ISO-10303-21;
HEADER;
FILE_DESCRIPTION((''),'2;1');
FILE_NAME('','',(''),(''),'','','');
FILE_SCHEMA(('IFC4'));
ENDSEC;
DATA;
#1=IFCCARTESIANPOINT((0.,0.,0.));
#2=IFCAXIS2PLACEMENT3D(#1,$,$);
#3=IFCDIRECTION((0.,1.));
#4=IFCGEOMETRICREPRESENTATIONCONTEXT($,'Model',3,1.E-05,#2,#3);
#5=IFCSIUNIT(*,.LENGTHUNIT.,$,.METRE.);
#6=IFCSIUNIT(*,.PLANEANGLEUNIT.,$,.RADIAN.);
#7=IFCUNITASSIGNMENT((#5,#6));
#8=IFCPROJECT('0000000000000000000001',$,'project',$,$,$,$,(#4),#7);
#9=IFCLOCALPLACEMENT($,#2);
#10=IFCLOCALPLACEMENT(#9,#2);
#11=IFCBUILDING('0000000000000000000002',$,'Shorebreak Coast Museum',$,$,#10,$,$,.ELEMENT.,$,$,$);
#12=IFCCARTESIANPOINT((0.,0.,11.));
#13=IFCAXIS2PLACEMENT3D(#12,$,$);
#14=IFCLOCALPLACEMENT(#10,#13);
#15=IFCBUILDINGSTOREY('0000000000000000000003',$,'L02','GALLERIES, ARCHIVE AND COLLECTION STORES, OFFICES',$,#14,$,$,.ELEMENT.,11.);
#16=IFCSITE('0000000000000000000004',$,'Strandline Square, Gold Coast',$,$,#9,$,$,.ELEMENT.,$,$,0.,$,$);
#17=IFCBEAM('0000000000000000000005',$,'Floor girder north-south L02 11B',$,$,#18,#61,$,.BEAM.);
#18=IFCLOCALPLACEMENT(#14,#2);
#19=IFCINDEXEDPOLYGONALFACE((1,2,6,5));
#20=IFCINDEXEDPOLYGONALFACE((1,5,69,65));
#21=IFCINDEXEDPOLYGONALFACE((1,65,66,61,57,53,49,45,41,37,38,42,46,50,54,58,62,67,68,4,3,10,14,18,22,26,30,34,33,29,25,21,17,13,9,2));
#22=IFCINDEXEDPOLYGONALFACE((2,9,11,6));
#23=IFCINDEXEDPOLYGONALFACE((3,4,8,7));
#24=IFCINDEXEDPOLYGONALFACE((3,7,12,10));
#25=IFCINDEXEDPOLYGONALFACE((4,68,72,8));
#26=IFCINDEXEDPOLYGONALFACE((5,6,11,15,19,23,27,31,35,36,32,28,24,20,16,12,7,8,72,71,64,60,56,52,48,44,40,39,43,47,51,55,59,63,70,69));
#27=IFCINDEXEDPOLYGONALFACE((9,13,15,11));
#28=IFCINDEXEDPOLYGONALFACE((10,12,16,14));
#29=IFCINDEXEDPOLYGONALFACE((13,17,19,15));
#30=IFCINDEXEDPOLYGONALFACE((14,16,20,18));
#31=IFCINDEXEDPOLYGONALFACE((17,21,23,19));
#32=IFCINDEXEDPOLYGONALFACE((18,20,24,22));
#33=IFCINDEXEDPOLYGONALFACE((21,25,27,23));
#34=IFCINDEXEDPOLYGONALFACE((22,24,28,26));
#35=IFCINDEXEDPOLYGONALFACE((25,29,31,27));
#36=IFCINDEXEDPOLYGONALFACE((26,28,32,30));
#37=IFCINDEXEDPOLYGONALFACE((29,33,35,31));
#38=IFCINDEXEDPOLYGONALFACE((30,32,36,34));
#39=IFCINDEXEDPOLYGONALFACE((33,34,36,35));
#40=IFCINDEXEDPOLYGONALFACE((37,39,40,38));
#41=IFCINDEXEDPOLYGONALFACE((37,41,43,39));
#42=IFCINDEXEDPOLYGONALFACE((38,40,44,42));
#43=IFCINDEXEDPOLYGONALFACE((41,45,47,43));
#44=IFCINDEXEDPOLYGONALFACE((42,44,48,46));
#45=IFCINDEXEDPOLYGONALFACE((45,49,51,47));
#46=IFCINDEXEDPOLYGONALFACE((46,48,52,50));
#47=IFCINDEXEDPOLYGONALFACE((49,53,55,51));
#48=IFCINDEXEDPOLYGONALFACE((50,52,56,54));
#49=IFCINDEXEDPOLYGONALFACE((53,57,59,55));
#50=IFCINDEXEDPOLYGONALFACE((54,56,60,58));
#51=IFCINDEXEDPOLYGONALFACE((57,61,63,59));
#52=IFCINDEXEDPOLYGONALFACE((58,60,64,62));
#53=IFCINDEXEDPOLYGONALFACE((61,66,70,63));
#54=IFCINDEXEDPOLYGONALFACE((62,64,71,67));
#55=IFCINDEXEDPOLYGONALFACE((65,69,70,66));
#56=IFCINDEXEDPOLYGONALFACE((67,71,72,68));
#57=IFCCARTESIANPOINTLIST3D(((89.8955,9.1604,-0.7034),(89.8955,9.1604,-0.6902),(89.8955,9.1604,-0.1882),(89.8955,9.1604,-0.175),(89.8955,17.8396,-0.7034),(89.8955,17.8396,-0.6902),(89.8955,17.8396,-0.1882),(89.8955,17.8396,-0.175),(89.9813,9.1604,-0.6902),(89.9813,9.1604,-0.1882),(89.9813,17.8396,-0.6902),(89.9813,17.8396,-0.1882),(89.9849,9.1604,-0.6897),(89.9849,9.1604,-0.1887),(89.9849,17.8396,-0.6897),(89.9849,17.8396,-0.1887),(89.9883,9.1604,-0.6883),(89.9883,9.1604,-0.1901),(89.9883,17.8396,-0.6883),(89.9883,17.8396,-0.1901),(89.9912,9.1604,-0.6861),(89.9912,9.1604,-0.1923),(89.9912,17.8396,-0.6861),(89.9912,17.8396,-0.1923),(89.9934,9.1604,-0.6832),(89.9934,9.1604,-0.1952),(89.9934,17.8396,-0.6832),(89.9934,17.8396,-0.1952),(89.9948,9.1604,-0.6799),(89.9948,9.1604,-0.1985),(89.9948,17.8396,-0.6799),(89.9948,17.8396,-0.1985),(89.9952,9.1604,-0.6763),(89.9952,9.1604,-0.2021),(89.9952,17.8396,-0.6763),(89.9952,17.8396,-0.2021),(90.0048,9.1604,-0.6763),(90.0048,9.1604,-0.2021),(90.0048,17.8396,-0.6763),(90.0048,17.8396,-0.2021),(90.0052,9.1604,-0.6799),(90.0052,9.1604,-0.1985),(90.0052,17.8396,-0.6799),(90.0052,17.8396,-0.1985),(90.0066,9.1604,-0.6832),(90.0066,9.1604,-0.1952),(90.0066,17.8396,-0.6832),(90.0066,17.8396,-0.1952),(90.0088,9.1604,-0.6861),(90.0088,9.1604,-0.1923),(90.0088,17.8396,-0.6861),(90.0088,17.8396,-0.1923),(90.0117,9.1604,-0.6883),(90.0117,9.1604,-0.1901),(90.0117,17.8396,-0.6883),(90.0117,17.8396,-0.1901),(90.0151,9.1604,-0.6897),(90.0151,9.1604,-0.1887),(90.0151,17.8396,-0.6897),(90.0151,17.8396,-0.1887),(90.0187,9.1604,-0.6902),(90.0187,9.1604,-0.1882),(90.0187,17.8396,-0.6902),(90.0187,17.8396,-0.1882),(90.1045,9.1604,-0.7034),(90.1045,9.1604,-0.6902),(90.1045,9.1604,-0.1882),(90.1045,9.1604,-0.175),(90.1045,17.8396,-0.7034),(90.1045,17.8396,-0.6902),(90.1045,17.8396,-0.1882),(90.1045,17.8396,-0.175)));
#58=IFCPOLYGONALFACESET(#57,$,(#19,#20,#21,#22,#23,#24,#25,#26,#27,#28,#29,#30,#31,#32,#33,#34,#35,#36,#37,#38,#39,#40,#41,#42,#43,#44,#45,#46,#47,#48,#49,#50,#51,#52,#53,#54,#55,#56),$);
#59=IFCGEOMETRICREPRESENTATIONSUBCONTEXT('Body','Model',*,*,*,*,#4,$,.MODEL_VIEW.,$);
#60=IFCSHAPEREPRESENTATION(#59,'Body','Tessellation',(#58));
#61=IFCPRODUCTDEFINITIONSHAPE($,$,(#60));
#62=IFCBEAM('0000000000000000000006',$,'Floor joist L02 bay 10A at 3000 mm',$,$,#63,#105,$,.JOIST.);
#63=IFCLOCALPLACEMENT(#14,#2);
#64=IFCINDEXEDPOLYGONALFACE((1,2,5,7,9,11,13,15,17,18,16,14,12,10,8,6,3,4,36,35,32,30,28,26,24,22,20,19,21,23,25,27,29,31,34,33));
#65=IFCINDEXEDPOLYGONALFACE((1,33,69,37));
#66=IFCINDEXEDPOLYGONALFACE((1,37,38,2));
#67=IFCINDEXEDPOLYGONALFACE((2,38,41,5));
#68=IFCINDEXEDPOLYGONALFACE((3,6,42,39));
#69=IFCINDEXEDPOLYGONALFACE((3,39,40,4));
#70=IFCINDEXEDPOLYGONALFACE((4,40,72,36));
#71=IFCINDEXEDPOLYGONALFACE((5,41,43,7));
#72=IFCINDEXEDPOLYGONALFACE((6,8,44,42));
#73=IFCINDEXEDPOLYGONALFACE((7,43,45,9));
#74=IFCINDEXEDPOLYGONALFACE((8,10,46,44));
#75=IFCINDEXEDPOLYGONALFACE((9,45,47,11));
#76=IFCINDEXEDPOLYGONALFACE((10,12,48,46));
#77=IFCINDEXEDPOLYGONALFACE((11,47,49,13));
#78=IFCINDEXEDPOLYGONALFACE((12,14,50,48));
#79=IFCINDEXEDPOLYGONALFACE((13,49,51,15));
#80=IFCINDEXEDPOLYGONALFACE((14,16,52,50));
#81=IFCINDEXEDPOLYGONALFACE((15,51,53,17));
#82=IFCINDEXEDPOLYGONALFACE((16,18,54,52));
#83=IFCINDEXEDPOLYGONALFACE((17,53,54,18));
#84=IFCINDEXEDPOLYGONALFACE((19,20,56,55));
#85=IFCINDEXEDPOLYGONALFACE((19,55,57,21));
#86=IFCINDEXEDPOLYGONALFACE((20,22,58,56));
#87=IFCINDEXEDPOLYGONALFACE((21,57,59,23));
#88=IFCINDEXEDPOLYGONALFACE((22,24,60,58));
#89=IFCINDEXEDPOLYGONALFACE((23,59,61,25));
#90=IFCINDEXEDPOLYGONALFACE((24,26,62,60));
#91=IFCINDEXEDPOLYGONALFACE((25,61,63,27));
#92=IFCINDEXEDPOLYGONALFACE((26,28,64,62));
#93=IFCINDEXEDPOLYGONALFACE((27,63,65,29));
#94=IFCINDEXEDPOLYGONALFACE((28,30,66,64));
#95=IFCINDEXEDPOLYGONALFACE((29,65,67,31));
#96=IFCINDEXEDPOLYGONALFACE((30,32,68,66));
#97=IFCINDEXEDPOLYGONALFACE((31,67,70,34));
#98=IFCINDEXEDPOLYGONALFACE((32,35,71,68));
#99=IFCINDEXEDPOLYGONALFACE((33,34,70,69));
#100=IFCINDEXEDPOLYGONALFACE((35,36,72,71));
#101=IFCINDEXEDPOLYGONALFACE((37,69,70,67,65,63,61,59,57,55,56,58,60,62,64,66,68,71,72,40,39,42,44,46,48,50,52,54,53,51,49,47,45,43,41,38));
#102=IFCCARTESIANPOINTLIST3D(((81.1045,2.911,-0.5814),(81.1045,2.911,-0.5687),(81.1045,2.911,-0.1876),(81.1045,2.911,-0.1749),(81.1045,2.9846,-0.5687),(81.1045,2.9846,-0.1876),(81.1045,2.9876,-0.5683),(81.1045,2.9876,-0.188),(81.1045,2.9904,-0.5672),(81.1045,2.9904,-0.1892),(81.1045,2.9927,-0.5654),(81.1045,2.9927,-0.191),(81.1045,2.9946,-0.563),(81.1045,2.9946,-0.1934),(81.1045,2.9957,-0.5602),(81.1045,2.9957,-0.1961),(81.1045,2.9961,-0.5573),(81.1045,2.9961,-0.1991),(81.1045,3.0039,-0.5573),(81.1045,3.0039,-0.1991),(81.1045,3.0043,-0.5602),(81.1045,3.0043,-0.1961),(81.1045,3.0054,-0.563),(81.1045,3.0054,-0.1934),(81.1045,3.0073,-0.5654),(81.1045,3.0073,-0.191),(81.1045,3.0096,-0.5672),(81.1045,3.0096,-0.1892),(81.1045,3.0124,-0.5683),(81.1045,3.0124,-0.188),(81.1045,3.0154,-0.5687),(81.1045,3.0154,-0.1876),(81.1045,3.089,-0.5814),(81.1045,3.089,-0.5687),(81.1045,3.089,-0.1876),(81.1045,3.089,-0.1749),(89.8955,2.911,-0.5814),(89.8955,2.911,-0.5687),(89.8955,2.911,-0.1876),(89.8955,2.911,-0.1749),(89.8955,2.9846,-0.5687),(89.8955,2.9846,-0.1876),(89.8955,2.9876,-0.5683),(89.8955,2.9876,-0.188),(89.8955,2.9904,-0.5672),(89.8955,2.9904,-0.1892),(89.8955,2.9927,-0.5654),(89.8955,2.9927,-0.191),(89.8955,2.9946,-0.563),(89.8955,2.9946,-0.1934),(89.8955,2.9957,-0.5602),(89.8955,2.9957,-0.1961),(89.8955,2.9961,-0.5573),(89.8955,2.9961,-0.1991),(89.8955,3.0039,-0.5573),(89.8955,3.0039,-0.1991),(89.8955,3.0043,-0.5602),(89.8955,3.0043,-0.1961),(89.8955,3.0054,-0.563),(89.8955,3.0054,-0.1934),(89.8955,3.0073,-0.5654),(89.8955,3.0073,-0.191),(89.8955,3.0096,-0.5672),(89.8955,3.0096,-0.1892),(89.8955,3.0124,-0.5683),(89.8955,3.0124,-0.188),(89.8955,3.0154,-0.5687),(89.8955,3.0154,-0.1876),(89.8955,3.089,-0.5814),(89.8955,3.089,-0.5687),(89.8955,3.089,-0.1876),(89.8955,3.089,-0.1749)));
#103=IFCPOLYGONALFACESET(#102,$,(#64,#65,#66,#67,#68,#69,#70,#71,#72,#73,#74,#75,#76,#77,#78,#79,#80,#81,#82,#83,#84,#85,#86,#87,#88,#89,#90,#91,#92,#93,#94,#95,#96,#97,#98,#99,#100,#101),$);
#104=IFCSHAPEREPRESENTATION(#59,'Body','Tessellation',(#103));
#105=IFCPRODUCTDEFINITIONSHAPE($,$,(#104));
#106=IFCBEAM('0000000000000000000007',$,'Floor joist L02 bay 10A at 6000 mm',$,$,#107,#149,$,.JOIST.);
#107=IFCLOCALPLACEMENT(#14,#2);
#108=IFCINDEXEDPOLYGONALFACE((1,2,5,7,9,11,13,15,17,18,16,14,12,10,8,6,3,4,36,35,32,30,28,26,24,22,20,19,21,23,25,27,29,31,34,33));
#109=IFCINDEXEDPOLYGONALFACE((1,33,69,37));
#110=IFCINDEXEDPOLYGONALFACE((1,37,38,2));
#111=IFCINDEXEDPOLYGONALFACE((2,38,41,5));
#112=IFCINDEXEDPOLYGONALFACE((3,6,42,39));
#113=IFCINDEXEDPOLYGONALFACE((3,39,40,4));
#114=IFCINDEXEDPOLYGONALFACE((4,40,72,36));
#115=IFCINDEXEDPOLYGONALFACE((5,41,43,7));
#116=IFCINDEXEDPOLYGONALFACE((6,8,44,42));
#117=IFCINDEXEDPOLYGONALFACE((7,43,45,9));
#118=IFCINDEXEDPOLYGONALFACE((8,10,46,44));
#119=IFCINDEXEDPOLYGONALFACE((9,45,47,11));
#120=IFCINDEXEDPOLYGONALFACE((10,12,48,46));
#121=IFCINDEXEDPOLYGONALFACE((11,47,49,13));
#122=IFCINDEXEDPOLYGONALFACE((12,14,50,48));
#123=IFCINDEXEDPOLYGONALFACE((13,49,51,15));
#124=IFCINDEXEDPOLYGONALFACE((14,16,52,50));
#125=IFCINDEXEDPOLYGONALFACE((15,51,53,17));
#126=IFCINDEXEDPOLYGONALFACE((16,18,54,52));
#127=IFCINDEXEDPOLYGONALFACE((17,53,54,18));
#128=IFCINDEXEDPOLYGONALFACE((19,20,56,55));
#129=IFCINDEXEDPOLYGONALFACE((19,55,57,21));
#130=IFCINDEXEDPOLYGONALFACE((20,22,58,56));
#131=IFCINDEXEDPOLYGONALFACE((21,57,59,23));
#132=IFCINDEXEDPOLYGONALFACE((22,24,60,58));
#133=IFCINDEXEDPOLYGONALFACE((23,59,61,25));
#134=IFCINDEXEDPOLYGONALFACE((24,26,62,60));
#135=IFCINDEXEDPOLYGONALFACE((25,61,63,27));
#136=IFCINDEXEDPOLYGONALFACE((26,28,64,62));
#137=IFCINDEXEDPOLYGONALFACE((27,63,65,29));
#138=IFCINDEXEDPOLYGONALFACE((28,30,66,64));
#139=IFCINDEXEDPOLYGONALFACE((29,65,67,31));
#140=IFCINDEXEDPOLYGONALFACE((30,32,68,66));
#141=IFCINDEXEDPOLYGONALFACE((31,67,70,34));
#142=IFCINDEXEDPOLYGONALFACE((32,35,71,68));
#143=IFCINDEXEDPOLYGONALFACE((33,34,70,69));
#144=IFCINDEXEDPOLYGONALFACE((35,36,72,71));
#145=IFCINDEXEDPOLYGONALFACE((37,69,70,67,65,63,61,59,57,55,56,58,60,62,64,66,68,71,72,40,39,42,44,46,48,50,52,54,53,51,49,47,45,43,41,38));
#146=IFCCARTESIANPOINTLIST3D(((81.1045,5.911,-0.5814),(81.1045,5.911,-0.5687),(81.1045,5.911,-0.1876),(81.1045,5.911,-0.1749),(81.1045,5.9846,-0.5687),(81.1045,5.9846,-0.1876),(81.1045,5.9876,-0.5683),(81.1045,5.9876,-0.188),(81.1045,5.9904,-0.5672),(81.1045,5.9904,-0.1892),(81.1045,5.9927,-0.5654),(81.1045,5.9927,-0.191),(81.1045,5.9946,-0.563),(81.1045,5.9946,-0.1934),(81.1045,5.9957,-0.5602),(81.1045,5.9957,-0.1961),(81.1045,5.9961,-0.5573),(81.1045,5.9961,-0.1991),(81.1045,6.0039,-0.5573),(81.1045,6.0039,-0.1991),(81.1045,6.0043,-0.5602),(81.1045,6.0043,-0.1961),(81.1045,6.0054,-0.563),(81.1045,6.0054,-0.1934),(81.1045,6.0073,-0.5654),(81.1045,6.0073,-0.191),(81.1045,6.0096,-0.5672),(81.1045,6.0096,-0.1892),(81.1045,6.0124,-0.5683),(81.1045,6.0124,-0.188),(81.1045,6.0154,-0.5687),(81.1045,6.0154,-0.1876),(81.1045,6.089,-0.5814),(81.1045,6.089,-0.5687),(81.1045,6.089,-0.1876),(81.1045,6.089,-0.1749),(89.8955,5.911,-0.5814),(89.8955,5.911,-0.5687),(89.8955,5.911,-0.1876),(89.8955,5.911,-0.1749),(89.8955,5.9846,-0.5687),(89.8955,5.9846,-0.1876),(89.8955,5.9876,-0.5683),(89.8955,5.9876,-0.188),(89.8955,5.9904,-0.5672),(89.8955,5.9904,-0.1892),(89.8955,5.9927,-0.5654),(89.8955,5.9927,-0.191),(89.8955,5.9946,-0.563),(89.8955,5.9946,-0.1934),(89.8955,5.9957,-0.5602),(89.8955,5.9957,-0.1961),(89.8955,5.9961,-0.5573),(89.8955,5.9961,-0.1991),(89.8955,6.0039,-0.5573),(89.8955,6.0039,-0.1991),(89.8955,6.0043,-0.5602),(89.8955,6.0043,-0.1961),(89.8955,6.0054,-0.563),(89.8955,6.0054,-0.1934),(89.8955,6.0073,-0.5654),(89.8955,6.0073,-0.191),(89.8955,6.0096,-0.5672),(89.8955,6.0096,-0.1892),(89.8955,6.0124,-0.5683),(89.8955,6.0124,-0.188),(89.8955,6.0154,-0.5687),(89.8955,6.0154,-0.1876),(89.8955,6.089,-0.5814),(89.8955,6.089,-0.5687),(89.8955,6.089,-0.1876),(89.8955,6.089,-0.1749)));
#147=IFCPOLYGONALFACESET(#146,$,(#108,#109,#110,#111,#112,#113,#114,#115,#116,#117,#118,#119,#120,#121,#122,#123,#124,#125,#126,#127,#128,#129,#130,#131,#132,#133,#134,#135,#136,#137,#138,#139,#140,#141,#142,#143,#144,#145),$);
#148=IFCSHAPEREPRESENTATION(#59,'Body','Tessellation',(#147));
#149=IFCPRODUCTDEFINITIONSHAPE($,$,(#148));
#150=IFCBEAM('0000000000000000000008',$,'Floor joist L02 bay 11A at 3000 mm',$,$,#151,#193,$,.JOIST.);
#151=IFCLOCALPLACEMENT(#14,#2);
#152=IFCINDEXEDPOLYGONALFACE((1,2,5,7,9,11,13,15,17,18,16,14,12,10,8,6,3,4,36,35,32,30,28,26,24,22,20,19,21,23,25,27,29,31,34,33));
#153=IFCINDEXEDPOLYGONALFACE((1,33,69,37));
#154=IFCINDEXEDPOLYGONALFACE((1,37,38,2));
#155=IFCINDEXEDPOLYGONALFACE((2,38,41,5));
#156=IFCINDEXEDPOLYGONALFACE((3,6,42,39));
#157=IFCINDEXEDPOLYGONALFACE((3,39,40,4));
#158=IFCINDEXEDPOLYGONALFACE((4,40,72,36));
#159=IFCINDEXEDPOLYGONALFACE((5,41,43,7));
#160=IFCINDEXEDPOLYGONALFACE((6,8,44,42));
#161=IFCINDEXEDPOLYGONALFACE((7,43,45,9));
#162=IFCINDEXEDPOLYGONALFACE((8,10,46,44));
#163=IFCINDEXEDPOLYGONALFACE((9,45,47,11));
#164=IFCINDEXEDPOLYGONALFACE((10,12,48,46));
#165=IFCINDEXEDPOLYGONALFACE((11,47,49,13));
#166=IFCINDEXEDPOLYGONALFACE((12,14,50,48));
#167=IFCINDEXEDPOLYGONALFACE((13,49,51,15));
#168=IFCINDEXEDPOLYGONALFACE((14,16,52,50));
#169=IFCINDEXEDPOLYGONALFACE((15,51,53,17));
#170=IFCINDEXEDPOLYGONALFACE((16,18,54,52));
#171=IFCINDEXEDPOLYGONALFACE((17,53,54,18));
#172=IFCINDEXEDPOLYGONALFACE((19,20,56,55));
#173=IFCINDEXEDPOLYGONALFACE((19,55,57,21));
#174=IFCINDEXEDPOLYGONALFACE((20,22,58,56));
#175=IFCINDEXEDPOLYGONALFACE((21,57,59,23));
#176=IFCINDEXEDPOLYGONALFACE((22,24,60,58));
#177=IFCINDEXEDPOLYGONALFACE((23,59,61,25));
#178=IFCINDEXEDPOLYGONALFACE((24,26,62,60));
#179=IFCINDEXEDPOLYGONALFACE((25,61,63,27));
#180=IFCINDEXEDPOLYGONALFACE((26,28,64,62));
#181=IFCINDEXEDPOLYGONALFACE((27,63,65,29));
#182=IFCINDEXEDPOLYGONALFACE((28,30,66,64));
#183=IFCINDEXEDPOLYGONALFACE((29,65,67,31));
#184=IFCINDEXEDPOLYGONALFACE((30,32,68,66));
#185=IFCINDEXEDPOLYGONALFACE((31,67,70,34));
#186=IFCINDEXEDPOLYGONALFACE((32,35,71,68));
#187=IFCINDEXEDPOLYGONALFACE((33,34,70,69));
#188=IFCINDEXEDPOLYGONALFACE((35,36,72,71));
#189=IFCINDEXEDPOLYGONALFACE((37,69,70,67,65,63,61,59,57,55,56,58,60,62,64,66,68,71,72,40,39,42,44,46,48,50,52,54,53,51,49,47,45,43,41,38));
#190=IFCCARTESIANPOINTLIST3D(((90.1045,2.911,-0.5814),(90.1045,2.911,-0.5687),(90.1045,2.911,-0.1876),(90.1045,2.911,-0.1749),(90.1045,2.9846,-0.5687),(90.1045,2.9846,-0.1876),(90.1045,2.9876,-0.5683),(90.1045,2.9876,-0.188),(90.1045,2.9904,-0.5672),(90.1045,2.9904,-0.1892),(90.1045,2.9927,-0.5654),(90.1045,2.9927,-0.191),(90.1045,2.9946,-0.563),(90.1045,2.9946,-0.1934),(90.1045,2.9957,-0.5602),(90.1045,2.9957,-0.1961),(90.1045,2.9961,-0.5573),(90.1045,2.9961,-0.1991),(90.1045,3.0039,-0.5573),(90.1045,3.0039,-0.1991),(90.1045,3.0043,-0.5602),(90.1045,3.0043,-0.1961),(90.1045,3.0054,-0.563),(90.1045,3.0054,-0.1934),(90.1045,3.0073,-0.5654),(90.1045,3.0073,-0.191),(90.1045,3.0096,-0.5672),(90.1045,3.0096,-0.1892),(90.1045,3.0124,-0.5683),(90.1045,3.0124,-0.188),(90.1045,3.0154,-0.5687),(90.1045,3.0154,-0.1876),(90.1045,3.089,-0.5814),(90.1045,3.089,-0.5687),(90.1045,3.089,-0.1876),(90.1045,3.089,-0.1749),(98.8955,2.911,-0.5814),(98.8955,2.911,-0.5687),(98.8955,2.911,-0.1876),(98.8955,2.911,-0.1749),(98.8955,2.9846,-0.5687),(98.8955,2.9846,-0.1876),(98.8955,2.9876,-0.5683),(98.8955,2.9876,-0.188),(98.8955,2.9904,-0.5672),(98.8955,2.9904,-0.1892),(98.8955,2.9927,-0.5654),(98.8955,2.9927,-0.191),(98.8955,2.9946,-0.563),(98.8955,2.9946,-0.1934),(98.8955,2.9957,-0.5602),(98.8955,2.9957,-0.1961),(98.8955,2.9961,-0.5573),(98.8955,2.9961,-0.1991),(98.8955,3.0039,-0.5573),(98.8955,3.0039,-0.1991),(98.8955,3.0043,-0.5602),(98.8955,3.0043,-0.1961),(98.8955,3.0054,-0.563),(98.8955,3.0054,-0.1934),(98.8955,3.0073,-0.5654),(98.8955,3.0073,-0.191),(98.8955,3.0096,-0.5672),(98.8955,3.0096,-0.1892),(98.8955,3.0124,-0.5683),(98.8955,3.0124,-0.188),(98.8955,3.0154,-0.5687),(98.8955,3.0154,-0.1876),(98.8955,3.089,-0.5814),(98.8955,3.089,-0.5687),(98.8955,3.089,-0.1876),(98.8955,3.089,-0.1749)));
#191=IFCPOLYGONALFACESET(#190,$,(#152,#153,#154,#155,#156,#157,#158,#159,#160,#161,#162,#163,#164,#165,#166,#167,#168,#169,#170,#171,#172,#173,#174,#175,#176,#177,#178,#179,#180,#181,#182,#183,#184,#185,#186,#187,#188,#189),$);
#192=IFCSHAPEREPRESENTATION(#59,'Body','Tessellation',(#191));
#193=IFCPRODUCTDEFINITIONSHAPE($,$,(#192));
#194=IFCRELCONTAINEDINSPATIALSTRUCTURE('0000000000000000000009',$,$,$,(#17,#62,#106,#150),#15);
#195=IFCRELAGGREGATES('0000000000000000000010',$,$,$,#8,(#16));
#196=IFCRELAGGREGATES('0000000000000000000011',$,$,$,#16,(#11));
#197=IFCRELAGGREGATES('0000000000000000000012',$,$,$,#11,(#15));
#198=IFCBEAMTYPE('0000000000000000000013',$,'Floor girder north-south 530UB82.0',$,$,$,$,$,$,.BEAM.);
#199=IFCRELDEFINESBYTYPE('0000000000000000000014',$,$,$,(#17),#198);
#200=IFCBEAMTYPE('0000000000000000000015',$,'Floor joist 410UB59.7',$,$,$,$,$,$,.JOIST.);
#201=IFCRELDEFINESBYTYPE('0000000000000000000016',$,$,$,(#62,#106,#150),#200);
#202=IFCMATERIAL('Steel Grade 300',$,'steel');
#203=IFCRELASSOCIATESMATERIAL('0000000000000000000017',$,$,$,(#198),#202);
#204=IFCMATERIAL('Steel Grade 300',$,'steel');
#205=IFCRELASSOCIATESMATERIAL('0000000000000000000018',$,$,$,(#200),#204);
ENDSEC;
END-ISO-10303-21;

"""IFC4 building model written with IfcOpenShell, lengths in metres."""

from ifc_helpers import new_model, si_unit, direction, frame, origin, origin_2d, place, context, subcontext, project, spatial, i_section, extrude, material, material_profile, profile_set, type_object, element, save


model = new_model("IFC4")

# Units and contexts
model_context = context("Model", 3, precision=1e-05, world=origin(), true_north=direction((0.0, 1.0)))
body_context = subcontext(model_context, "Body", "Model", "MODEL_VIEW")
ifc_project = project(units=[si_unit("LENGTHUNIT", "METRE"), si_unit("PLANEANGLEUNIT", "RADIAN")], contexts=[model_context])

# Site, building, storey
site_placement = place(None, origin())
site = spatial("IfcSite", under=ifc_project, at=site_placement, Name="Strandline Square, Gold Coast", CompositionType="ELEMENT", RefElevation=0.0)
building_placement = place(site_placement, origin())
building = spatial("IfcBuilding", under=site, at=building_placement, Name="Shorebreak Coast Museum", CompositionType="ELEMENT")
storey_placement = place(building_placement, frame((0.0, 0.0, 11.0)))
storey = spatial("IfcBuildingStorey", under=building, at=storey_placement, Name="L02", Description="GALLERIES, ARCHIVE AND COLLECTION STORES, OFFICES", CompositionType="ELEMENT", Elevation=11.0)

# Beams
ifc_material_1 = material(Name="Steel Grade 300", Category="steel")
ifc_material_profile_1 = material_profile(ifc_material_1, i_section(OverallWidth=0.209, OverallDepth=0.5283, WebThickness=0.0095, FlangeThickness=0.0132, FilletRadius=0.0139, at=origin_2d()), Name="530UB82.0")
ifc_profile_set_1 = profile_set([ifc_material_profile_1], Name="Steel Grade 300")
beam_type_1 = type_object("IfcBeamType", Name="Floor girder north-south 530UB82.0", PredefinedType="BEAM", material=ifc_profile_set_1)
for number, where, z_axis, x_axis, name in (
    (1, (90.0, 9.1604, -0.4392), (0.0, 1.0, 0.0), (-1.0, 0.0, 0.0), "Floor girder north-south L02 11B"),
):
    element("IfcBeam", number, at=place(storey_placement, frame(where, z_axis=z_axis, x_axis=x_axis)), inside=storey, type_object=beam_type_1, Name=name, PredefinedType="BEAM", context=body_context, shape_type="SweptSolid", body=[
        extrude(i_section(OverallWidth=0.209, OverallDepth=0.5283, WebThickness=0.0095, FlangeThickness=0.0132, FilletRadius=0.0139, at=origin_2d()), origin(), (0.0, 0.0, 1.0), 8.6792),
    ])
ifc_material_2 = material(Name="Steel Grade 300", Category="steel")
ifc_material_profile_2 = material_profile(ifc_material_2, i_section(OverallWidth=0.178, OverallDepth=0.4065, WebThickness=0.0078, FlangeThickness=0.0127, FilletRadius=0.0115, at=origin_2d()), Name="410UB59.7")
ifc_profile_set_2 = profile_set([ifc_material_profile_2], Name="Steel Grade 300")
beam_type_2 = type_object("IfcBeamType", Name="Floor joist 410UB59.7", PredefinedType="JOIST", material=ifc_profile_set_2)
for number, where, z_axis, x_axis, name in (
    (2, (81.1045, 3.0, -0.3782), (1.0, 0.0, 0.0), (0.0, 1.0, 0.0), "Floor joist L02 bay 10A at 3000 mm"),
    (3, (81.1045, 6.0, -0.3782), (1.0, 0.0, 0.0), (0.0, 1.0, 0.0), "Floor joist L02 bay 10A at 6000 mm"),
    (4, (90.1045, 3.0, -0.3782), (1.0, 0.0, 0.0), (0.0, 1.0, 0.0), "Floor joist L02 bay 11A at 3000 mm"),
):
    element("IfcBeam", number, at=place(storey_placement, frame(where, z_axis=z_axis, x_axis=x_axis)), inside=storey, type_object=beam_type_2, Name=name, PredefinedType="JOIST", context=body_context, shape_type="SweptSolid", body=[
        extrude(i_section(OverallWidth=0.178, OverallDepth=0.4065, WebThickness=0.0078, FlangeThickness=0.0127, FilletRadius=0.0115, at=origin_2d()), origin(), (0.0, 0.0, 1.0), 8.791),
    ])

save(model, "model.ifc")
